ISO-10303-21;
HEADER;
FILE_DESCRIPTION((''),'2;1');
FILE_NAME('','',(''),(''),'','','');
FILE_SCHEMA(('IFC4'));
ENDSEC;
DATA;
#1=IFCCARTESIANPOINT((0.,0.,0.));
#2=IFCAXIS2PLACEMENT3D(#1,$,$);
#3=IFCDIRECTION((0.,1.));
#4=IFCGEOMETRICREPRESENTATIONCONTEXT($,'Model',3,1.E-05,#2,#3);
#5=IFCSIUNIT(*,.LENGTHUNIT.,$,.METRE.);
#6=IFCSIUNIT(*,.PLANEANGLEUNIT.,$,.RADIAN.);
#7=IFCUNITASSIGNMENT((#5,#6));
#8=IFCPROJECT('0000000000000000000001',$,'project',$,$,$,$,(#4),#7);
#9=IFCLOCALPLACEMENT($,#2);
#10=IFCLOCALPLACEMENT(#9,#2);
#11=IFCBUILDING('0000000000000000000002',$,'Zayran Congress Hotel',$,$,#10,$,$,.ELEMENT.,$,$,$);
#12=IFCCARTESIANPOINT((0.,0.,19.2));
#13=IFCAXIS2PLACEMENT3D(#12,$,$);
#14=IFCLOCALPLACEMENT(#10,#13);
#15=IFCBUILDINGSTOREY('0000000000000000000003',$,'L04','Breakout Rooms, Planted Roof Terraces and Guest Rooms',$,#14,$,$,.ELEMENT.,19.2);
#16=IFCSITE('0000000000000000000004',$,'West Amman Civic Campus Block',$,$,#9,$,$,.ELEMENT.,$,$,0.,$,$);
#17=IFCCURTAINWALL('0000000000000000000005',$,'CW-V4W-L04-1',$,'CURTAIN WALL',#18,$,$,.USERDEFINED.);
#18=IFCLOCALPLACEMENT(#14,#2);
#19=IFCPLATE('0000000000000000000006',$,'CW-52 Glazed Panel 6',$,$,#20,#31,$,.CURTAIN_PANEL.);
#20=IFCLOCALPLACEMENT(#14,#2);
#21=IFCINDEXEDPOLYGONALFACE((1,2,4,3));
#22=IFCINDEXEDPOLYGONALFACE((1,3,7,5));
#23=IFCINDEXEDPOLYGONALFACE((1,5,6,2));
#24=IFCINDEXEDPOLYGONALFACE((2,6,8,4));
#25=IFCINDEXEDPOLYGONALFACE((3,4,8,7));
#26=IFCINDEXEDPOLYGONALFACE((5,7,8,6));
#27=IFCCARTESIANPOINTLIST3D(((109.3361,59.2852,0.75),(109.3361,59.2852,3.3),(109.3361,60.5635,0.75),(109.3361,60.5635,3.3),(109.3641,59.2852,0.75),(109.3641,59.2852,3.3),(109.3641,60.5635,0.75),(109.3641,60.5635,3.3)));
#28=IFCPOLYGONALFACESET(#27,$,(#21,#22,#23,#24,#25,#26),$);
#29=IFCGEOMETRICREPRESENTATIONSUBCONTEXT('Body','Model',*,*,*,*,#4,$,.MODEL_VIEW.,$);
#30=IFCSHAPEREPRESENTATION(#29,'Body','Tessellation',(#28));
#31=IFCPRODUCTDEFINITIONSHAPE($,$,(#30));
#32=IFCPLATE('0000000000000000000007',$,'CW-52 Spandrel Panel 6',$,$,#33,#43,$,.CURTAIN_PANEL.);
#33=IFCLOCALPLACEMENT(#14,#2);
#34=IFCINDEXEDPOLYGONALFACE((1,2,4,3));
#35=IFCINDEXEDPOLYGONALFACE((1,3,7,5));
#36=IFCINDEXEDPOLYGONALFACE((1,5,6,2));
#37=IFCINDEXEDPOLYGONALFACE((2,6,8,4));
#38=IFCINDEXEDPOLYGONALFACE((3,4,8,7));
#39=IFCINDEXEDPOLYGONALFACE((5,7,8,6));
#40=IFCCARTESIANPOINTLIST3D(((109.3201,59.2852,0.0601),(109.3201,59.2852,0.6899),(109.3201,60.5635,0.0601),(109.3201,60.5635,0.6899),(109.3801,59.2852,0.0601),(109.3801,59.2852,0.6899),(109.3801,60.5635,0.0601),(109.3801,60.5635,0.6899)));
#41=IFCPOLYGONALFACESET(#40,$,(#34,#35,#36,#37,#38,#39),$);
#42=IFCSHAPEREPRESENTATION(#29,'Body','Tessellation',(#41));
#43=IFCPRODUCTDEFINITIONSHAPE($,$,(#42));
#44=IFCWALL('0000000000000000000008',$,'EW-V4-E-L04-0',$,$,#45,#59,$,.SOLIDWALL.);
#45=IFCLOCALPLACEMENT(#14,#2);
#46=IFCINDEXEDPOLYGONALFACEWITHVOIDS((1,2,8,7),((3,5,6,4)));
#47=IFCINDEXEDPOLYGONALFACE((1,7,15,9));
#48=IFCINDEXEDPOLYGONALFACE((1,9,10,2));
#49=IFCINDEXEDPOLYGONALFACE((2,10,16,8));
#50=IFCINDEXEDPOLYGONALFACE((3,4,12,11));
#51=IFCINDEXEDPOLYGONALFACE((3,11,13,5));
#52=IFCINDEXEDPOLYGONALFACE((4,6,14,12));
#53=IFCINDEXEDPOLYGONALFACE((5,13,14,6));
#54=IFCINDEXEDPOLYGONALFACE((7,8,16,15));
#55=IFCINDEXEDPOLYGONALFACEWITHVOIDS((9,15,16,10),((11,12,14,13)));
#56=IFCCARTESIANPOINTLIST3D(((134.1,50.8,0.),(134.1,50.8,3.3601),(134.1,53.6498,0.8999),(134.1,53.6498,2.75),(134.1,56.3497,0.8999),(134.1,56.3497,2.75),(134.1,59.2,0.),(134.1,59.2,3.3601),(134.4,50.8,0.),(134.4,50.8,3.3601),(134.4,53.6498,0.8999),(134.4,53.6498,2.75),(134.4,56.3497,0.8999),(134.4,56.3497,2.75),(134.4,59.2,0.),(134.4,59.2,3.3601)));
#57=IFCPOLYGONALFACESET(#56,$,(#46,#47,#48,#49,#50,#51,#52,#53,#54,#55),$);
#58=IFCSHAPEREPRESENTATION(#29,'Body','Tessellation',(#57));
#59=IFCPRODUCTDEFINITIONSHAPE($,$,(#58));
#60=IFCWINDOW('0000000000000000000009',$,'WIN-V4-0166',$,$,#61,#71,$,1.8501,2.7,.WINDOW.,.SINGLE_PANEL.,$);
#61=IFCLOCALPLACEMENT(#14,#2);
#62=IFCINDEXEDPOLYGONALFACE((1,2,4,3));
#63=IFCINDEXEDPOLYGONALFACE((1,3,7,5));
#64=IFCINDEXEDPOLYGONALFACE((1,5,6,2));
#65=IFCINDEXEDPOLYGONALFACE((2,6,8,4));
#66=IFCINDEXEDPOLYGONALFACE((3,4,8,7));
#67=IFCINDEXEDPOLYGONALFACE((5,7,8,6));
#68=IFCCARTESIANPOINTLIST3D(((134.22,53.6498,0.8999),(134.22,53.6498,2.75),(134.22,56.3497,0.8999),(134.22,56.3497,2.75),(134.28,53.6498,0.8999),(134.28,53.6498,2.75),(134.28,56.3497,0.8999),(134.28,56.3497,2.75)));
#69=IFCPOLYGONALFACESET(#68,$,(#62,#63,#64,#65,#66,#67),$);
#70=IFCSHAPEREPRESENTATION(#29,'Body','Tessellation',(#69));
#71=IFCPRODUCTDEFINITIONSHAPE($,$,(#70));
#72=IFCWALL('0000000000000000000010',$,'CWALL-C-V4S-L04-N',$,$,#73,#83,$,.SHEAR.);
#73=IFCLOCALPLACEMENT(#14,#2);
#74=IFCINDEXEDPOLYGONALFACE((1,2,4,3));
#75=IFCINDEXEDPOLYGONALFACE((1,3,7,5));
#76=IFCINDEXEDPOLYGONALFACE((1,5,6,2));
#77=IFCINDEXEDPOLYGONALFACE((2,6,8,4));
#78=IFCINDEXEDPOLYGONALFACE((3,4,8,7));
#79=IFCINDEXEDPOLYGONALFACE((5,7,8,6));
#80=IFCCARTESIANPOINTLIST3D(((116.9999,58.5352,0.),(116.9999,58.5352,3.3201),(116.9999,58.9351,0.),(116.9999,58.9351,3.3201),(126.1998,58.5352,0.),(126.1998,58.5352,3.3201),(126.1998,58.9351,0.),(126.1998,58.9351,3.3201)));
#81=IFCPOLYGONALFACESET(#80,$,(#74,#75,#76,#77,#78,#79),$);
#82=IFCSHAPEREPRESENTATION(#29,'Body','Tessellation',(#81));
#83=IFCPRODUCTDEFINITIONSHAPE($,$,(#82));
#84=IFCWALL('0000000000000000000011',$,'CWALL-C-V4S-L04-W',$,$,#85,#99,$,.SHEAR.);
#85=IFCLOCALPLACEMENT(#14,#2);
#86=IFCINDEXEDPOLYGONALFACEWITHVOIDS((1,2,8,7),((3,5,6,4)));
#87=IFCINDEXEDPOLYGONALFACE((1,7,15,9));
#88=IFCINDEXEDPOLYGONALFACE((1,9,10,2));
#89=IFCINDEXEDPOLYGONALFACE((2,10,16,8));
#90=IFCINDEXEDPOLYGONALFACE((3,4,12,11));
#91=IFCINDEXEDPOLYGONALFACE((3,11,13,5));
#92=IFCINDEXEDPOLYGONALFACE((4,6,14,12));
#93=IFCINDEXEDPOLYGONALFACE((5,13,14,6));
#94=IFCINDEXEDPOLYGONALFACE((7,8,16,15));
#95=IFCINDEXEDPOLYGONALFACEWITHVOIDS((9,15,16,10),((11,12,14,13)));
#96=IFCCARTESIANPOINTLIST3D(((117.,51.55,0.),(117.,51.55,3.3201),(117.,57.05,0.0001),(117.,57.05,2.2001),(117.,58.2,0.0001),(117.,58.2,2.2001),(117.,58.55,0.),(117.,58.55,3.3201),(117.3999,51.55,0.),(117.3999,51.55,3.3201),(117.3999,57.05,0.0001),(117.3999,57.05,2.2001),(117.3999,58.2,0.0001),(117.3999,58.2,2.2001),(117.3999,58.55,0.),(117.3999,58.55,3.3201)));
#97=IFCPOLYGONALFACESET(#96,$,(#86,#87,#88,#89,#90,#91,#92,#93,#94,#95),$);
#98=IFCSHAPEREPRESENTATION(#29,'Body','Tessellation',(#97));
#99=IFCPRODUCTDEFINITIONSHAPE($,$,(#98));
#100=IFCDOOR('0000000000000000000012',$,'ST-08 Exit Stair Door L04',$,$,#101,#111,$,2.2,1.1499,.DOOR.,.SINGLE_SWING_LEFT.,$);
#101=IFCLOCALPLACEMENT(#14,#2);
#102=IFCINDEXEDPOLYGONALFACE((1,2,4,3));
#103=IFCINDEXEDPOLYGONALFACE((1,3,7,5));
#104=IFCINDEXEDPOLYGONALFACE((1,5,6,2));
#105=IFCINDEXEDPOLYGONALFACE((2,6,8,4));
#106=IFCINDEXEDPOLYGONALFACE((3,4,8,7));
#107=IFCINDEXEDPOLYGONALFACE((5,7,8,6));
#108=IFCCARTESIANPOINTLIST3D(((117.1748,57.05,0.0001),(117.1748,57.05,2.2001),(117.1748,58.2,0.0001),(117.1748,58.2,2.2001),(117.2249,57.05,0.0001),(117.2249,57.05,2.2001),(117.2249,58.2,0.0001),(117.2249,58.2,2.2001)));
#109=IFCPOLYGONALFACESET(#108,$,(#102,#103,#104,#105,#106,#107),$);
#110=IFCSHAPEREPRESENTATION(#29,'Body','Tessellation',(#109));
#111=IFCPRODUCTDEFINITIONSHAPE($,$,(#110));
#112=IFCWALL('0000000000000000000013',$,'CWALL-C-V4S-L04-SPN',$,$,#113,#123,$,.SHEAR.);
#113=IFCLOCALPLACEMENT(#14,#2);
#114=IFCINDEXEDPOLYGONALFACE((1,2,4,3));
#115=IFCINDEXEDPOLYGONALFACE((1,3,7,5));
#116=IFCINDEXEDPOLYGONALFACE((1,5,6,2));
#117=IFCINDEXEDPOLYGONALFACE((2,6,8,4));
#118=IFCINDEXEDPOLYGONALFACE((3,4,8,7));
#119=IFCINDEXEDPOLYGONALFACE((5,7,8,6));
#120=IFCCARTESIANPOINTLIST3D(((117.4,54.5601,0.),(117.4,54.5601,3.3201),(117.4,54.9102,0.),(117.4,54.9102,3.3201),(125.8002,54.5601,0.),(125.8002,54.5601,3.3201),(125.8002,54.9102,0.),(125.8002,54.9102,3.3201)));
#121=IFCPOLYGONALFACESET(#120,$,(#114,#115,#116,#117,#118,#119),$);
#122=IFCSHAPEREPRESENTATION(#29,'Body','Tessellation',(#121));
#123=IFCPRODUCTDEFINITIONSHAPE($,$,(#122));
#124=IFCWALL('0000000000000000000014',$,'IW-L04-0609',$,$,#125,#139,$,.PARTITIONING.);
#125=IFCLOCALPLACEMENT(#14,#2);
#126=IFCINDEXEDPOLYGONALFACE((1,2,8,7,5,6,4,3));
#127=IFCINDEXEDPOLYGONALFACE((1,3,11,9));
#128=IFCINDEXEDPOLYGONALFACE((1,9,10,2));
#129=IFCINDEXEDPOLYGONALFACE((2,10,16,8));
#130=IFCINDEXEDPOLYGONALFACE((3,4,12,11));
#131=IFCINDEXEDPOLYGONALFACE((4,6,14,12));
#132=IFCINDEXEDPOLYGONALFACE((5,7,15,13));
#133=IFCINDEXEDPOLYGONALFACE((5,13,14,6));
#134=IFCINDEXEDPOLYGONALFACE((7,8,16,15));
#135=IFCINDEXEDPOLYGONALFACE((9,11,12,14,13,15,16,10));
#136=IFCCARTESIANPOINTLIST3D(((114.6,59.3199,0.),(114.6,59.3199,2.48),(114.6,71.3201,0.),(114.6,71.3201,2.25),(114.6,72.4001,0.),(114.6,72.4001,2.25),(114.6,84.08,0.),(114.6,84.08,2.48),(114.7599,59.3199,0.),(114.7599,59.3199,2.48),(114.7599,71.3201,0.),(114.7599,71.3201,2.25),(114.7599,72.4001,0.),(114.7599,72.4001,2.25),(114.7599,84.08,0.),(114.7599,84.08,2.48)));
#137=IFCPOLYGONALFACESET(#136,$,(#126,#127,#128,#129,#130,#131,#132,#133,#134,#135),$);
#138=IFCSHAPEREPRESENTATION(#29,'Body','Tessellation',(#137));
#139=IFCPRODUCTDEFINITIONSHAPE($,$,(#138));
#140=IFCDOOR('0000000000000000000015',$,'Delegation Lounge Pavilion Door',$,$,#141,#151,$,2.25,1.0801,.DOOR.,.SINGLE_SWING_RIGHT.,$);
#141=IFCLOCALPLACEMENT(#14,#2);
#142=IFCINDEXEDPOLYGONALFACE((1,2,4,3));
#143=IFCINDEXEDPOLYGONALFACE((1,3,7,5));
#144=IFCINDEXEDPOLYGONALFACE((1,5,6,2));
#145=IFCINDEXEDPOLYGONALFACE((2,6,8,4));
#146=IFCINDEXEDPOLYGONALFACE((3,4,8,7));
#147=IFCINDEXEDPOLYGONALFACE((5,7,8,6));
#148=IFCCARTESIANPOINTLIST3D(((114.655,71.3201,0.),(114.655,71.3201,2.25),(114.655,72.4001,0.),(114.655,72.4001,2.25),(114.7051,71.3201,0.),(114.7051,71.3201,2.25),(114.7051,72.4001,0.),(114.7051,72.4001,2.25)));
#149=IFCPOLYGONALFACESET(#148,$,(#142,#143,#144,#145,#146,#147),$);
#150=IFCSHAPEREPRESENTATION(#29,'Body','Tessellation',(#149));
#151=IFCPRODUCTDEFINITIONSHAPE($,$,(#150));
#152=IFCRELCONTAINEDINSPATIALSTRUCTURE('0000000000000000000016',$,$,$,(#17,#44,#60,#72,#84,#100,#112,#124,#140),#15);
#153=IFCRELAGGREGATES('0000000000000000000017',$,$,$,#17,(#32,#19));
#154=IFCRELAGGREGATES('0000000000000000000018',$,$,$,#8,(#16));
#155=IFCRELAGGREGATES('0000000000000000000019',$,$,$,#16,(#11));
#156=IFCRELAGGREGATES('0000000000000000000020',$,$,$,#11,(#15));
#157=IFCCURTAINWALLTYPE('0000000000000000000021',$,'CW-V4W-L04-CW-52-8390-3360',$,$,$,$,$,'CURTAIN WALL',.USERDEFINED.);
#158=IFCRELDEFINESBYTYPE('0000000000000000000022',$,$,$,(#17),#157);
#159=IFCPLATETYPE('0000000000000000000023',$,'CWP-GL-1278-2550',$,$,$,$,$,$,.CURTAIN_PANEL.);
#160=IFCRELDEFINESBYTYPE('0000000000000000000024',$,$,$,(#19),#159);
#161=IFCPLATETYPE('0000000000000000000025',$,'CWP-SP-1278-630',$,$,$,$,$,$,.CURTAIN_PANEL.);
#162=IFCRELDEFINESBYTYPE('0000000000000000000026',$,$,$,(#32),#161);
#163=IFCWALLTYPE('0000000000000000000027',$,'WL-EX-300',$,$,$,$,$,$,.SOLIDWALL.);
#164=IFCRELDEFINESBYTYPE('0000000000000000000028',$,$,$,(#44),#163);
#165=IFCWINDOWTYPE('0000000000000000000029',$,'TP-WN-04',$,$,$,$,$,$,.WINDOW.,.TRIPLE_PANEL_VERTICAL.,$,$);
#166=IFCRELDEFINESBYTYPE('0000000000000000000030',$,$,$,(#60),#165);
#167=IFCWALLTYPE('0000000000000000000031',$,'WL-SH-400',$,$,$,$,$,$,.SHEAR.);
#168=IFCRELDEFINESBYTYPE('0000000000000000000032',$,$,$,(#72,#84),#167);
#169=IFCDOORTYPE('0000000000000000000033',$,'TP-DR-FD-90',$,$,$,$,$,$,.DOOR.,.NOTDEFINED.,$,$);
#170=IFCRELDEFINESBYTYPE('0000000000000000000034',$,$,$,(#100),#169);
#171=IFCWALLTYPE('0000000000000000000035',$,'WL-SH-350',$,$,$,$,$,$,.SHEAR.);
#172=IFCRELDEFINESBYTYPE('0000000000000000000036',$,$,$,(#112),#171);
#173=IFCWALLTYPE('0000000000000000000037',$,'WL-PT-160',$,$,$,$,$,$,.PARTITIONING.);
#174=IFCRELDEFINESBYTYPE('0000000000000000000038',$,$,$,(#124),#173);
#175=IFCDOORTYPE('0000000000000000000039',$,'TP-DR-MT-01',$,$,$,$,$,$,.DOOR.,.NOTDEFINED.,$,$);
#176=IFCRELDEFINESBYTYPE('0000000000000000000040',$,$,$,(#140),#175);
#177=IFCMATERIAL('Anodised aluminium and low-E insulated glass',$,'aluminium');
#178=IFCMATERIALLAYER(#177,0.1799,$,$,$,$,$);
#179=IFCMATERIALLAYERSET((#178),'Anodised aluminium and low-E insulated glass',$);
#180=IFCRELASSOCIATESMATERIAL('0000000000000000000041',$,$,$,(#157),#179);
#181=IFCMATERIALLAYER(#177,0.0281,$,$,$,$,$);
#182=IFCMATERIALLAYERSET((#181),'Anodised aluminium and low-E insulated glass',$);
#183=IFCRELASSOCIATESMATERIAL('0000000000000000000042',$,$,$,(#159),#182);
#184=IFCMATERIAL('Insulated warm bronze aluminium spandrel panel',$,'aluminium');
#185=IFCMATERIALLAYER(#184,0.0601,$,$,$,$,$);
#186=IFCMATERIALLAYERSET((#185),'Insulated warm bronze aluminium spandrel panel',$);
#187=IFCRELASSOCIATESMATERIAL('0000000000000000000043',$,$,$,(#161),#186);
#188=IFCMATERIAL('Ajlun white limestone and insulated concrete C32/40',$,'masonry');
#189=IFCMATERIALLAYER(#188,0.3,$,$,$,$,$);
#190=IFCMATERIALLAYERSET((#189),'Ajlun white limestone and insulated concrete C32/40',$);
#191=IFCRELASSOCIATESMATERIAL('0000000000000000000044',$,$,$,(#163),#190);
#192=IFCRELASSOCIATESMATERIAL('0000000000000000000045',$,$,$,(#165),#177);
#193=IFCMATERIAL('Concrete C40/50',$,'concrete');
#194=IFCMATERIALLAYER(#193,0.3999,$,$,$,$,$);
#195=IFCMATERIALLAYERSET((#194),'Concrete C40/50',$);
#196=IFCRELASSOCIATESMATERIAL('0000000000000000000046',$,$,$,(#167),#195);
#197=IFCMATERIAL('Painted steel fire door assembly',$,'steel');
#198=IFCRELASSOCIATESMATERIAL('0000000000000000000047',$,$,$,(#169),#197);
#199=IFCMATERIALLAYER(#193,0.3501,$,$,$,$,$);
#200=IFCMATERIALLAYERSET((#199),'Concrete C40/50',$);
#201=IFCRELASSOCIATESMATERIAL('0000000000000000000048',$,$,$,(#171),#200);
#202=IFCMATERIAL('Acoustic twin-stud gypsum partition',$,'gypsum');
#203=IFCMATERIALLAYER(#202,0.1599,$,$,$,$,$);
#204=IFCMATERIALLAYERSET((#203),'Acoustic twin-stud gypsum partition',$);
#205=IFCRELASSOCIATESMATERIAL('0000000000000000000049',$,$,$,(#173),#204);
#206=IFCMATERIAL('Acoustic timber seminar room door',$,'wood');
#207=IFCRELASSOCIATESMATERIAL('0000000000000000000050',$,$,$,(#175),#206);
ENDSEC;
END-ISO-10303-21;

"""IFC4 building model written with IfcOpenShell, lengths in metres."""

from ifc_helpers import new_model, si_unit, direction, frame, frame_2d, origin, origin_2d, place, context, subcontext, project, spatial, rectangle, extrude, material, layer, layer_set, type_object, element, fill, aggregate, save


model = new_model("IFC4")

# Units and contexts
model_context = context("Model", 3, precision=1e-05, world=origin(), true_north=direction((0.0, 1.0)))
body_context = subcontext(model_context, "Body", "Model", "MODEL_VIEW")
ifc_project = project(units=[si_unit("LENGTHUNIT", "METRE"), si_unit("PLANEANGLEUNIT", "RADIAN")], contexts=[model_context])

# Site, building, storey
site_placement = place(None, origin())
site = spatial("IfcSite", under=ifc_project, at=site_placement, Name="West Amman Civic Campus Block", CompositionType="ELEMENT", RefElevation=0.0)
building_placement = place(site_placement, origin())
building = spatial("IfcBuilding", under=site, at=building_placement, Name="Zayran Congress Hotel", CompositionType="ELEMENT")
storey_placement = place(building_placement, frame((0.0, 0.0, 19.2)))
storey = spatial("IfcBuildingStorey", under=building, at=storey_placement, Name="L04", Description="Breakout Rooms, Planted Roof Terraces and Guest Rooms", CompositionType="ELEMENT", Elevation=19.2)

# Shared definitions
ifc_material_1 = material(Name="Concrete C40/50", Category="concrete")

# Curtain wall, plates
ifc_material_2 = material(Name="Anodised aluminium and low-E insulated glass", Category="aluminium")
ifc_layer_1 = layer(ifc_material_2, 0.1799)
ifc_layer_set_1 = layer_set([ifc_layer_1], Name="Anodised aluminium and low-E insulated glass")
curtain_wall_type = type_object("IfcCurtainWallType", Name="CW-V4W-L04-CW-52-8390-3360", ElementType="CURTAIN WALL", PredefinedType="USERDEFINED", material=ifc_layer_set_1)
curtain_wall_placement = place(storey_placement, origin())
curtain_wall = element("IfcCurtainWall", 1, at=curtain_wall_placement, inside=storey, type_object=curtain_wall_type, Name="CW-V4W-L04-1", ObjectType="CURTAIN WALL", PredefinedType="USERDEFINED")
ifc_layer_2 = layer(ifc_material_2, 0.0281)
ifc_layer_set_2 = layer_set([ifc_layer_2], Name="Anodised aluminium and low-E insulated glass")
plate_type_1 = type_object("IfcPlateType", Name="CWP-GL-1278-2550", PredefinedType="CURTAIN_PANEL", material=ifc_layer_set_2)
plate_1_placement = place(storey_placement, frame((109.3501, 59.9243, 0.75), z_axis=(0.0, 0.0, 1.0), x_axis=(0.0, 1.0, 0.0)))
plate_1 = element("IfcPlate", 2, at=plate_1_placement, type_object=plate_type_1, Name="CW-52 Glazed Panel 6", PredefinedType="CURTAIN_PANEL", context=body_context, shape_type="SweptSolid", body=[
    extrude(rectangle(XDim=1.2783, YDim=0.0281, at=origin_2d()), origin(), (0.0, 0.0, 1.0), 2.55),
])
ifc_material_3 = material(Name="Insulated warm bronze aluminium spandrel panel", Category="aluminium")
ifc_layer_3 = layer(ifc_material_3, 0.0601)
ifc_layer_set_3 = layer_set([ifc_layer_3], Name="Insulated warm bronze aluminium spandrel panel")
plate_type_2 = type_object("IfcPlateType", Name="CWP-SP-1278-630", PredefinedType="CURTAIN_PANEL", material=ifc_layer_set_3)
plate_2_placement = place(storey_placement, frame((109.3501, 59.9243, 0.0601), z_axis=(0.0, 0.0, 1.0), x_axis=(0.0, 1.0, 0.0)))
plate_2 = element("IfcPlate", 3, at=plate_2_placement, type_object=plate_type_2, Name="CW-52 Spandrel Panel 6", PredefinedType="CURTAIN_PANEL", context=body_context, shape_type="SweptSolid", body=[
    extrude(rectangle(XDim=1.2783, YDim=0.0601, at=origin_2d()), origin(), (0.0, 0.0, 1.0), 0.6299),
])
aggregate(curtain_wall, [plate_2, plate_1])

# Wall, opening, window
ifc_material_4 = material(Name="Ajlun white limestone and insulated concrete C32/40", Category="masonry")
ifc_layer_4 = layer(ifc_material_4, 0.3)
ifc_layer_set_4 = layer_set([ifc_layer_4], Name="Ajlun white limestone and insulated concrete C32/40")
wall_type_1 = type_object("IfcWallType", Name="WL-EX-300", PredefinedType="SOLIDWALL", material=ifc_layer_set_4)
wall_1_placement = place(storey_placement, frame((134.25, 59.2, 0.0), z_axis=(0.0, 0.0, 1.0), x_axis=(0.0, -1.0, 0.0)))
wall_1 = element("IfcWall", 4, at=wall_1_placement, inside=storey, type_object=wall_type_1, Name="EW-V4-E-L04-0", PredefinedType="SOLIDWALL", context=body_context, shape_type="SweptSolid", body=[
    extrude(rectangle(XDim=8.3999, YDim=0.3, at=frame_2d((4.2, 0.0))), origin(), (0.0, 0.0, 1.0), 3.3601),
])
opening_1_placement = place(wall_1_placement, frame((2.8501, 0.0, 0.8999)))
opening_1 = element("IfcOpeningElement", 5, at=opening_1_placement, cuts=wall_1, PredefinedType="OPENING", context=body_context, shape_type="SweptSolid", body=[
    extrude(rectangle(XDim=2.7, YDim=1.8501, at=frame_2d((1.3501, 0.925))), frame((0.0, 0.1599, 0.0), z_axis=(0.0, -1.0, 0.0), x_axis=(1.0, 0.0, 0.0)), (0.0, 0.0, 1.0), 0.3201),
])
window_type = type_object("IfcWindowType", Name="TP-WN-04", PartitioningType="TRIPLE_PANEL_VERTICAL", PredefinedType="WINDOW", material=ifc_material_2)
window_placement = place(opening_1_placement, origin())
window = element("IfcWindow", 6, at=window_placement, inside=storey, type_object=window_type, Name="WIN-V4-0166", OverallHeight=1.8501, OverallWidth=2.7, PartitioningType="SINGLE_PANEL", PredefinedType="WINDOW", context=body_context, shape_type="SweptSolid", body=[
    extrude(rectangle(XDim=2.7, YDim=1.8501, at=frame_2d((1.3501, 0.925))), frame((0.0, 0.03, 0.0), z_axis=(0.0, -1.0, 0.0), x_axis=(1.0, 0.0, 0.0)), (0.0, 0.0, 1.0), 0.0601),
])
fill(opening_1, window)

# Wall
ifc_layer_5 = layer(ifc_material_1, 0.3999)
ifc_layer_set_5 = layer_set([ifc_layer_5], Name="Concrete C40/50")
wall_type_2 = type_object("IfcWallType", Name="WL-SH-400", PredefinedType="SHEAR", material=ifc_layer_set_5)
wall_2_placement = place(storey_placement, frame((126.2, 58.7351, 0.0), z_axis=(0.0, 0.0, 1.0), x_axis=(-1.0, 0.0, 0.0)))
element("IfcWall", 7, at=wall_2_placement, inside=storey, type_object=wall_type_2, Name="CWALL-C-V4S-L04-N", PredefinedType="SHEAR", context=body_context, shape_type="SweptSolid", body=[
    extrude(rectangle(XDim=9.2, YDim=0.3999, at=frame_2d((4.6001, 0.0))), origin(), (0.0, 0.0, 1.0), 3.3201),
])

# Wall, opening, door
wall_3_placement = place(storey_placement, frame((117.2, 58.55, 0.0), z_axis=(0.0, 0.0, 1.0), x_axis=(0.0, -1.0, 0.0)))
wall_3 = element("IfcWall", 8, at=wall_3_placement, inside=storey, type_object=wall_type_2, Name="CWALL-C-V4S-L04-W", PredefinedType="SHEAR", context=body_context, shape_type="SweptSolid", body=[
    extrude(rectangle(XDim=7.0, YDim=0.3999, at=frame_2d((3.5, 0.0))), origin(), (0.0, 0.0, 1.0), 3.3201),
])
opening_2_placement = place(wall_3_placement, frame((0.3501, 0.0, 0.0)))
opening_2 = element("IfcOpeningElement", 9, at=opening_2_placement, cuts=wall_3, PredefinedType="OPENING", context=body_context, shape_type="SweptSolid", body=[
    extrude(rectangle(XDim=1.1499, YDim=2.2, at=frame_2d((0.575, 1.1001))), frame((0.0, 0.21, 0.0), z_axis=(0.0, -1.0, 0.0), x_axis=(1.0, 0.0, 0.0)), (0.0, 0.0, 1.0), 0.4199),
])
ifc_material_5 = material(Name="Painted steel fire door assembly", Category="steel")
door_type_1 = type_object("IfcDoorType", Name="TP-DR-FD-90", OperationType="NOTDEFINED", PredefinedType="DOOR", material=ifc_material_5)
door_1_placement = place(opening_2_placement, origin())
door_1 = element("IfcDoor", 10, at=door_1_placement, inside=storey, type_object=door_type_1, Name="ST-08 Exit Stair Door L04", OperationType="SINGLE_SWING_LEFT", OverallHeight=2.2, OverallWidth=1.1499, PredefinedType="DOOR", context=body_context, shape_type="SweptSolid", body=[
    extrude(rectangle(XDim=1.1499, YDim=2.2, at=frame_2d((0.575, 1.1001))), frame((0.0, 0.0249, 0.0), z_axis=(0.0, -1.0, 0.0), x_axis=(1.0, 0.0, 0.0)), (0.0, 0.0, 1.0), 0.05),
])
fill(opening_2, door_1)

# Wall
ifc_layer_6 = layer(ifc_material_1, 0.3501)
ifc_layer_set_6 = layer_set([ifc_layer_6], Name="Concrete C40/50")
wall_type_3 = type_object("IfcWallType", Name="WL-SH-350", PredefinedType="SHEAR", material=ifc_layer_set_6)
wall_4_placement = place(storey_placement, frame((117.3999, 54.7351, 0.0), z_axis=(0.0, 0.0, 1.0), x_axis=(1.0, 0.0, 0.0)))
element("IfcWall", 11, at=wall_4_placement, inside=storey, type_object=wall_type_3, Name="CWALL-C-V4S-L04-SPN", PredefinedType="SHEAR", context=body_context, shape_type="SweptSolid", body=[
    extrude(rectangle(XDim=8.4001, YDim=0.3501, at=frame_2d((4.2002, 0.0))), origin(), (0.0, 0.0, 1.0), 3.3201),
])

# Wall, opening, door
ifc_material_6 = material(Name="Acoustic twin-stud gypsum partition", Category="gypsum")
ifc_layer_7 = layer(ifc_material_6, 0.1599)
ifc_layer_set_7 = layer_set([ifc_layer_7], Name="Acoustic twin-stud gypsum partition")
wall_type_4 = type_object("IfcWallType", Name="WL-PT-160", PredefinedType="PARTITIONING", material=ifc_layer_set_7)
wall_5_placement = place(storey_placement, frame((114.6799, 59.3201, 0.0), z_axis=(0.0, 0.0, 1.0), x_axis=(0.0, 1.0, 0.0)))
wall_5 = element("IfcWall", 12, at=wall_5_placement, inside=storey, type_object=wall_type_4, Name="IW-L04-0609", PredefinedType="PARTITIONING", context=body_context, shape_type="SweptSolid", body=[
    extrude(rectangle(XDim=24.76, YDim=0.1599, at=frame_2d((12.3799, 0.0))), origin(), (0.0, 0.0, 1.0), 2.48),
])
opening_3_placement = place(wall_5_placement, frame((12.0, 0.0, 0.0)))
opening_3 = element("IfcOpeningElement", 13, at=opening_3_placement, cuts=wall_5, PredefinedType="OPENING", context=body_context, shape_type="SweptSolid", body=[
    extrude(rectangle(XDim=1.0801, YDim=2.25, at=frame_2d((0.54, 1.125))), frame((0.0, 0.0898, 0.0), z_axis=(0.0, -1.0, 0.0), x_axis=(1.0, 0.0, 0.0)), (0.0, 0.0, 1.0), 0.1799),
])
ifc_material_7 = material(Name="Acoustic timber seminar room door", Category="wood")
door_type_2 = type_object("IfcDoorType", Name="TP-DR-MT-01", OperationType="NOTDEFINED", PredefinedType="DOOR", material=ifc_material_7)
door_2_placement = place(opening_3_placement, origin())
door_2 = element("IfcDoor", 14, at=door_2_placement, inside=storey, type_object=door_type_2, Name="Delegation Lounge Pavilion Door", OperationType="SINGLE_SWING_RIGHT", OverallHeight=2.25, OverallWidth=1.0801, PredefinedType="DOOR", context=body_context, shape_type="SweptSolid", body=[
    extrude(rectangle(XDim=1.0801, YDim=2.25, at=frame_2d((0.54, 1.125))), frame((0.0, 0.0249, 0.0), z_axis=(0.0, -1.0, 0.0), x_axis=(1.0, 0.0, 0.0)), (0.0, 0.0, 1.0), 0.05),
])
fill(opening_3, door_2)

save(model, "model.ifc")
